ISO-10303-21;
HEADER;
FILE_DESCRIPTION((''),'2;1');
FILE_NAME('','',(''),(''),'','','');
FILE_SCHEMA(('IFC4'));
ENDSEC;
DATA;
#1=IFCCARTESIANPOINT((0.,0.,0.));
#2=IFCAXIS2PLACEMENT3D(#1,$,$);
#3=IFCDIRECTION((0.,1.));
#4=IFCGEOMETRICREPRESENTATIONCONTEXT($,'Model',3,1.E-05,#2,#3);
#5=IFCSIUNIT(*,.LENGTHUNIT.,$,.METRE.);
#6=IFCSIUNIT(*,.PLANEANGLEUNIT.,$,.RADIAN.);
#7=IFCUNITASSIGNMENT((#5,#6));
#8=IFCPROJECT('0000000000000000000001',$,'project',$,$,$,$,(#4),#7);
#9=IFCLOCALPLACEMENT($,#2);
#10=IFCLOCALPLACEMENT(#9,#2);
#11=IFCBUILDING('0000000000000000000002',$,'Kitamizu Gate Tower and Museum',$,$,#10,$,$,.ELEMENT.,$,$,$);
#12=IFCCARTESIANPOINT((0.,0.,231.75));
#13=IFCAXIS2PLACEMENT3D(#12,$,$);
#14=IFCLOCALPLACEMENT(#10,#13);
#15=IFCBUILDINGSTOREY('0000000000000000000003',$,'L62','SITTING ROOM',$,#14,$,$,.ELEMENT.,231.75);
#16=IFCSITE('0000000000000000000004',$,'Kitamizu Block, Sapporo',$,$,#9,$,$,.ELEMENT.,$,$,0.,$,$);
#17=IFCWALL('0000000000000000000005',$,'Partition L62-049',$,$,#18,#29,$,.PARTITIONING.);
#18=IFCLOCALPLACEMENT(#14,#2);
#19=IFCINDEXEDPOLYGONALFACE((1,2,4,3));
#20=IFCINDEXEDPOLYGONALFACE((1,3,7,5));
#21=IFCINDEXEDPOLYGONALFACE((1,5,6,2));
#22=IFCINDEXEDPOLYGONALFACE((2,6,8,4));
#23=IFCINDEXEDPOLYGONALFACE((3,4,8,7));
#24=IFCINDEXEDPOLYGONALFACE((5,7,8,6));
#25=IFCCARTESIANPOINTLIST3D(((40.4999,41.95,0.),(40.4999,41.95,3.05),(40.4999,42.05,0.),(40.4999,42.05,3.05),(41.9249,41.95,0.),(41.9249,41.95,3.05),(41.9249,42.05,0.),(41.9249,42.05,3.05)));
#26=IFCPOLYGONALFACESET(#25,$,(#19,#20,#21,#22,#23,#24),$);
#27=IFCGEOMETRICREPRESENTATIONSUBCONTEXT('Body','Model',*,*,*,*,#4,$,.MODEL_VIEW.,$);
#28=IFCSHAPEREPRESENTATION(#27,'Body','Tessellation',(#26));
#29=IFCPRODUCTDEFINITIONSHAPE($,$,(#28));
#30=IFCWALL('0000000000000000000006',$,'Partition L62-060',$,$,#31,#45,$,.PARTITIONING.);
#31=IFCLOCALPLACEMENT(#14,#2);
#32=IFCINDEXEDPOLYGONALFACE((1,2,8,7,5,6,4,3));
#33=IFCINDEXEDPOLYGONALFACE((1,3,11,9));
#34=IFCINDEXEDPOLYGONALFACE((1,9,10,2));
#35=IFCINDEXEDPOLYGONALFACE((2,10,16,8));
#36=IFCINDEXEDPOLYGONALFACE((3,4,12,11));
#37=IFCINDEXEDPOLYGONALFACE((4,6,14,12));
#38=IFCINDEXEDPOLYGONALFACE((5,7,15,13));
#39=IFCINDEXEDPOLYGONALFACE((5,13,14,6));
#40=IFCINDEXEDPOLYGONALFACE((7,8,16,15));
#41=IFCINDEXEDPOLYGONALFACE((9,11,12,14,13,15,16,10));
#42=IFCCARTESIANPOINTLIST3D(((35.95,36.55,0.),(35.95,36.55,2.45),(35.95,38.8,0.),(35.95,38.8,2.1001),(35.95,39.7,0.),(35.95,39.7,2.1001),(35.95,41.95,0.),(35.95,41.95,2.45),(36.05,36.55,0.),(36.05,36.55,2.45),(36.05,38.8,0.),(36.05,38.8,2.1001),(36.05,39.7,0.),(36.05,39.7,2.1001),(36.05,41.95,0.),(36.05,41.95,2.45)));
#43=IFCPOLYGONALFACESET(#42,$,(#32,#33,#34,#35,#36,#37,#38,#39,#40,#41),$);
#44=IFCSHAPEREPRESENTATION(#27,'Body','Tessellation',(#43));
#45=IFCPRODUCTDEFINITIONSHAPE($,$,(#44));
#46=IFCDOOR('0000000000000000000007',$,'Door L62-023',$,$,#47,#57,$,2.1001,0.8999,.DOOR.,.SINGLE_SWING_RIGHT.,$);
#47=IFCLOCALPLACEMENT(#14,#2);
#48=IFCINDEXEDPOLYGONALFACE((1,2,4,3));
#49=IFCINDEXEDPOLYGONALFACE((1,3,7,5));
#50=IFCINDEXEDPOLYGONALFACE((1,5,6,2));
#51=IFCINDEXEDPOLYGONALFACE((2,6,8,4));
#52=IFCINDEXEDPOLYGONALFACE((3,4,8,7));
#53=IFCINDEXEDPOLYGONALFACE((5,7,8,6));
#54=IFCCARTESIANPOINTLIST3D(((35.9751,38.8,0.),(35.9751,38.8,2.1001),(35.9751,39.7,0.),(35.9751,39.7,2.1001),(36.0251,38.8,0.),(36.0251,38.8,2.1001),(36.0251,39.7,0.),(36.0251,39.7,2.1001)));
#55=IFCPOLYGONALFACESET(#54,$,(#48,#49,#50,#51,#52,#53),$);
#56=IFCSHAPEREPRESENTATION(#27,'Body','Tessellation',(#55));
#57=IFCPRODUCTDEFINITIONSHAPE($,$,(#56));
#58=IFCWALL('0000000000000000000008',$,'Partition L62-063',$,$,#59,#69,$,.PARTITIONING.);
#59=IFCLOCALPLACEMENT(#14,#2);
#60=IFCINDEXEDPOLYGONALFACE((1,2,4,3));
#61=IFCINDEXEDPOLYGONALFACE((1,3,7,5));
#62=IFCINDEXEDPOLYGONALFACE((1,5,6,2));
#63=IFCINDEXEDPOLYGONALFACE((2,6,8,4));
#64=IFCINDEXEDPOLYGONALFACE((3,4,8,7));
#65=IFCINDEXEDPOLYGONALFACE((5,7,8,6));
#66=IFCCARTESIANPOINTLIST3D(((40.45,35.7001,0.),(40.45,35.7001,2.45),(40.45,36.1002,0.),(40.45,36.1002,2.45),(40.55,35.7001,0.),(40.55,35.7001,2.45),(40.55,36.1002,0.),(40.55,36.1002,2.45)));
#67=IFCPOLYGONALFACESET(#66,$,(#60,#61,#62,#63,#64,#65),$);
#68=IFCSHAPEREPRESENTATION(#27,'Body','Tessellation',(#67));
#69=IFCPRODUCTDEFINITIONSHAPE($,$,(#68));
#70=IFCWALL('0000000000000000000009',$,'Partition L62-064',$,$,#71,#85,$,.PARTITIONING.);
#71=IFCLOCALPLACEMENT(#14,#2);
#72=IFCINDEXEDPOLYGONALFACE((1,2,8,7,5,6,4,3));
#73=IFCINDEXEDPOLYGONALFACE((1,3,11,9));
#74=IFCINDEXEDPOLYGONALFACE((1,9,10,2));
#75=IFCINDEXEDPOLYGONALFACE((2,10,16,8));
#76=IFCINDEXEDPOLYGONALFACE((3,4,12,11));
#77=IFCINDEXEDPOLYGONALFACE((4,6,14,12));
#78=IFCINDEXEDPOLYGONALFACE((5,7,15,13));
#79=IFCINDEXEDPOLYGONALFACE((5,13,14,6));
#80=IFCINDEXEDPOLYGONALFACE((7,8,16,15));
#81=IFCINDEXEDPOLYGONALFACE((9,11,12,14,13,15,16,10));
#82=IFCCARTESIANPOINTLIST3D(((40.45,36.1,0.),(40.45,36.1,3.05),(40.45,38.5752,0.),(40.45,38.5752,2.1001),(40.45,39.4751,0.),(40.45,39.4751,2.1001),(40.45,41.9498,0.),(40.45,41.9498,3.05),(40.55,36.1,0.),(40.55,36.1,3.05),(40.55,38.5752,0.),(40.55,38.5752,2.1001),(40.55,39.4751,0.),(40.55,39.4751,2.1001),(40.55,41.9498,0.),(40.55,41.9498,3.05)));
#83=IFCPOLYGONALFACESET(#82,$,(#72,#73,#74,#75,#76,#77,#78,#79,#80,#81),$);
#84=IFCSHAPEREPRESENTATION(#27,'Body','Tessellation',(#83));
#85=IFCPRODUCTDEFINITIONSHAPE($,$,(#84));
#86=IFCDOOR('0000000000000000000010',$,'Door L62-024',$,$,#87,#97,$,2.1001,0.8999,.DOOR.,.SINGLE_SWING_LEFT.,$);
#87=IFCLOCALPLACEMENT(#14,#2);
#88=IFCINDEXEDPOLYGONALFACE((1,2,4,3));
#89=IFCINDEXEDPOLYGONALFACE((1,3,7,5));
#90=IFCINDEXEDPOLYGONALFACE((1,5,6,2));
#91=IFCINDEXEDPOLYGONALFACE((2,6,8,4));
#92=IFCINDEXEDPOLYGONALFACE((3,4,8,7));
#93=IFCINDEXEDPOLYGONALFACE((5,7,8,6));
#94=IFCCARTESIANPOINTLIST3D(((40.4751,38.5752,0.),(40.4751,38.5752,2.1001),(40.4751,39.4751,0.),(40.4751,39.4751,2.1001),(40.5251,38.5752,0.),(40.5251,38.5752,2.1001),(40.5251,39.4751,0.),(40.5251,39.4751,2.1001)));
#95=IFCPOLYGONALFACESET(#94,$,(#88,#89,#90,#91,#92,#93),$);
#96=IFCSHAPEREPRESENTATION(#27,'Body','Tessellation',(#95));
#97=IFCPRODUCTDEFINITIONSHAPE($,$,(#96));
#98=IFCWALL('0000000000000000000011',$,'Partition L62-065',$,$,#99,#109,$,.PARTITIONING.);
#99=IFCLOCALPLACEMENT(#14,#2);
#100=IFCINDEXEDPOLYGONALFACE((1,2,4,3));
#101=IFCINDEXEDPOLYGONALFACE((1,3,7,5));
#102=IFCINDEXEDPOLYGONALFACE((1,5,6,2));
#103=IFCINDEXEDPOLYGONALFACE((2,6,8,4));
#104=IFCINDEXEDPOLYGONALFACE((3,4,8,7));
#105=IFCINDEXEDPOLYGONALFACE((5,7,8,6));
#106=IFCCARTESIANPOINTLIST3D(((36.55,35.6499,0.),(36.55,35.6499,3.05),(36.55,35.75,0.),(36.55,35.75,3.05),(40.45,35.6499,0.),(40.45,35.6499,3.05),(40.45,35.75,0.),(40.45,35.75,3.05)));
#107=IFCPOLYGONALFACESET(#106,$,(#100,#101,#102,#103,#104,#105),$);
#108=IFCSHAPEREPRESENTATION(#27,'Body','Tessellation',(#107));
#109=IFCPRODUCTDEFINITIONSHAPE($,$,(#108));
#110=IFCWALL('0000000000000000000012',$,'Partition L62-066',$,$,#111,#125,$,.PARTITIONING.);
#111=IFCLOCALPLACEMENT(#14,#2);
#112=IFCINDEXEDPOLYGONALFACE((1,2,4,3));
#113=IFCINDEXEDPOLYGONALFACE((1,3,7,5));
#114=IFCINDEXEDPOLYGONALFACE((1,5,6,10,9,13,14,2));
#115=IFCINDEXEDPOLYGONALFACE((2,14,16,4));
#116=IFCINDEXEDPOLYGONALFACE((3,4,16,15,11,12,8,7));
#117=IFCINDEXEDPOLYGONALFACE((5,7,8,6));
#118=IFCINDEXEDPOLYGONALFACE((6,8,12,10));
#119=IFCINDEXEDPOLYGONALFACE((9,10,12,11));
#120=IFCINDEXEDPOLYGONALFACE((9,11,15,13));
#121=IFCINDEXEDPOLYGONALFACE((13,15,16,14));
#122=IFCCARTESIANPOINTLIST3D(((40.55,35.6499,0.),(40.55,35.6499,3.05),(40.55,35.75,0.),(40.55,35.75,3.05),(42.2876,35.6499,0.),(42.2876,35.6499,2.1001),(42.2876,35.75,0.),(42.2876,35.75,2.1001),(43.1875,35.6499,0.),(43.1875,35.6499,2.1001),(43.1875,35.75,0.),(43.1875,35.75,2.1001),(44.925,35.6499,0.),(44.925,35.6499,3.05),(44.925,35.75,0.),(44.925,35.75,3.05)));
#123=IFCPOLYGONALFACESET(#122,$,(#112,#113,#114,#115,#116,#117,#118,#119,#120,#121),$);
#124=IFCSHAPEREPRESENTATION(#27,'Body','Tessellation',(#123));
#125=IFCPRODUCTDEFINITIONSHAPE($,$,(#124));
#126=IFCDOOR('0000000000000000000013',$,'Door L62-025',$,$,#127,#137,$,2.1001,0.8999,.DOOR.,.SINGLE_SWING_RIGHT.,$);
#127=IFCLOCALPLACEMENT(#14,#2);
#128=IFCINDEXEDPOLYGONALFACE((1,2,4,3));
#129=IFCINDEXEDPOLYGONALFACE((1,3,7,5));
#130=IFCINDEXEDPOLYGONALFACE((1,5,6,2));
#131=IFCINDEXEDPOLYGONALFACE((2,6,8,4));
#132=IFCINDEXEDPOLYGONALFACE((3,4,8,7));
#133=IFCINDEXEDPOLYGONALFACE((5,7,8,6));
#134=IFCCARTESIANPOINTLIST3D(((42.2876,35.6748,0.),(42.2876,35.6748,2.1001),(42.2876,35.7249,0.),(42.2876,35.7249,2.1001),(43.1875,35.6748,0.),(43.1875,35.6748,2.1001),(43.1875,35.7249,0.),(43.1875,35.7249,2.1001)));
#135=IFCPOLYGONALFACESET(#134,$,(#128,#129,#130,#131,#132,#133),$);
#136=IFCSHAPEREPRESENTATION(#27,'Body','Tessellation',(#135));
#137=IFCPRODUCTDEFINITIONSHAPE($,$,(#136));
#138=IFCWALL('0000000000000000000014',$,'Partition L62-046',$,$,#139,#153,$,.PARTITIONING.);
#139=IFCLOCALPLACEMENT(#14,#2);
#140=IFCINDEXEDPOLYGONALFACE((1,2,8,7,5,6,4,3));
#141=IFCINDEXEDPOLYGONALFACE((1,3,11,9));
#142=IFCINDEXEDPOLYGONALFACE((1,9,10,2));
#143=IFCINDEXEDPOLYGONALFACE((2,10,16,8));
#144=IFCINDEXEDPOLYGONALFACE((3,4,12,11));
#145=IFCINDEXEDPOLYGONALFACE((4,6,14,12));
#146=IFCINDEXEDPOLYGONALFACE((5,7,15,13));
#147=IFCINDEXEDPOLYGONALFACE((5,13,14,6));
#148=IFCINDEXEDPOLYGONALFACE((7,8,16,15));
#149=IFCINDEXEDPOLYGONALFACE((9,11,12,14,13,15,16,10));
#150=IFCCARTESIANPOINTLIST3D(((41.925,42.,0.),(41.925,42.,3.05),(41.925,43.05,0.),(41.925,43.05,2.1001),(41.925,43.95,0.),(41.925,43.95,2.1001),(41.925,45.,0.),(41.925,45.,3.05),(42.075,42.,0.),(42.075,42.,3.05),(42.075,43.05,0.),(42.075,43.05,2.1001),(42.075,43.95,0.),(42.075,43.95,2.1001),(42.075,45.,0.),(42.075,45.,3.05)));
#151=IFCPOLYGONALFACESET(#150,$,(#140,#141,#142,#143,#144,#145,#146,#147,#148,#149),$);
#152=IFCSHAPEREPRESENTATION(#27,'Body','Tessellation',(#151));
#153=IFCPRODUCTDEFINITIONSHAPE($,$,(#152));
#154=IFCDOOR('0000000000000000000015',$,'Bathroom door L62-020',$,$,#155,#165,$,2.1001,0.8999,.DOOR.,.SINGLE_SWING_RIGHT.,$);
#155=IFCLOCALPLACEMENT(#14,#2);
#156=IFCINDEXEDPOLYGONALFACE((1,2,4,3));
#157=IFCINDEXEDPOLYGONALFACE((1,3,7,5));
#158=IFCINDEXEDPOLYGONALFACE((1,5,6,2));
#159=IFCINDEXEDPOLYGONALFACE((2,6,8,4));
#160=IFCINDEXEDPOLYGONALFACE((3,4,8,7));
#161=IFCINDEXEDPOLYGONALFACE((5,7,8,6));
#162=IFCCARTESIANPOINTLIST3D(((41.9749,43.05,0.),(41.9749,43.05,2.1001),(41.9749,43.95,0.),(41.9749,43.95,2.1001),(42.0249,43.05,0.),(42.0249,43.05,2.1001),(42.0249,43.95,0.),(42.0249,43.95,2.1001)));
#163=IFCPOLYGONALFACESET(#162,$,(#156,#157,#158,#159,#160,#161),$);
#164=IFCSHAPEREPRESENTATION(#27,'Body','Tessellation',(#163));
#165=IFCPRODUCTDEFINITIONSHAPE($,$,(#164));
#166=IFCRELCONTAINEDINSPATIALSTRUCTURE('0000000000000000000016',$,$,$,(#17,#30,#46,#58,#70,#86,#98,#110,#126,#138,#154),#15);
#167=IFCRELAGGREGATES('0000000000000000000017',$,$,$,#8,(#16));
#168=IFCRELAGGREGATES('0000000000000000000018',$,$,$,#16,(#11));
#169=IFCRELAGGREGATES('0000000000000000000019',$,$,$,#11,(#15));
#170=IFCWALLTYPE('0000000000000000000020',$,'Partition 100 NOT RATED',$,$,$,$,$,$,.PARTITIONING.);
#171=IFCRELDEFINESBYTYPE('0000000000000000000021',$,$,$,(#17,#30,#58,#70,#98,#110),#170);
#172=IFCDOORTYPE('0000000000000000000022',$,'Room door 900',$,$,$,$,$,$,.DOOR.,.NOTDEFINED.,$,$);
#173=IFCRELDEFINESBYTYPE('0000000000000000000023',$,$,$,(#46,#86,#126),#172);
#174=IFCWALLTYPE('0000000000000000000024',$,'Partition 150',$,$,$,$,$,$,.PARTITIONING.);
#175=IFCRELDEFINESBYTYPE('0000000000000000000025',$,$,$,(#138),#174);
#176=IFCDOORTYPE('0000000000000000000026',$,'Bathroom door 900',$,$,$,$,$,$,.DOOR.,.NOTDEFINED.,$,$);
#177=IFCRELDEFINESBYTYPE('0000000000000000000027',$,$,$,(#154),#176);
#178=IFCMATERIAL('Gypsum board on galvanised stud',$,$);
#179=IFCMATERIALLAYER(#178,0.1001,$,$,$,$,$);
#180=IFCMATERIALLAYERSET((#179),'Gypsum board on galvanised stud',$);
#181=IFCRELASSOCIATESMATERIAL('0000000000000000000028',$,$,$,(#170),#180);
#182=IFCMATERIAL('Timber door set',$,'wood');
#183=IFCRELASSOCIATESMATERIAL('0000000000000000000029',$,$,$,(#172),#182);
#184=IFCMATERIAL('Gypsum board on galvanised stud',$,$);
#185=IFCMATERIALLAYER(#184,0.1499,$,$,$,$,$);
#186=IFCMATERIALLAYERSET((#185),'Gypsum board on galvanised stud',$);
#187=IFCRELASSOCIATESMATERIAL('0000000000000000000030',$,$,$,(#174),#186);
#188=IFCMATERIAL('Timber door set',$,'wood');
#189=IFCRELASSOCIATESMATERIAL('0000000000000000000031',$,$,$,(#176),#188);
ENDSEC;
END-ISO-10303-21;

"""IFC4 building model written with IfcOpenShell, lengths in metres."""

from ifc_helpers import new_model, si_unit, direction, frame, frame_2d, origin, place, context, subcontext, project, spatial, rectangle, extrude, material, layer, layer_set, type_object, element, fill, save


model = new_model("IFC4")

# Units and contexts
model_context = context("Model", 3, precision=1e-05, world=origin(), true_north=direction((0.0, 1.0)))
body_context = subcontext(model_context, "Body", "Model", "MODEL_VIEW")
ifc_project = project(units=[si_unit("LENGTHUNIT", "METRE"), si_unit("PLANEANGLEUNIT", "RADIAN")], contexts=[model_context])

# Site, building, storey
site_placement = place(None, origin())
site = spatial("IfcSite", under=ifc_project, at=site_placement, Name="Kitamizu Block, Sapporo", CompositionType="ELEMENT", RefElevation=0.0)
building_placement = place(site_placement, origin())
building = spatial("IfcBuilding", under=site, at=building_placement, Name="Kitamizu Gate Tower and Museum", CompositionType="ELEMENT")
storey_placement = place(building_placement, frame((0.0, 0.0, 231.75)))
storey = spatial("IfcBuildingStorey", under=building, at=storey_placement, Name="L62", Description="SITTING ROOM", CompositionType="ELEMENT", Elevation=231.75)

# Shared definitions
ifc_material_1 = material(Name="Gypsum board on galvanised stud")
ifc_layer_1 = layer(ifc_material_1, 0.1001)
ifc_layer_set_1 = layer_set([ifc_layer_1], Name="Gypsum board on galvanised stud")
wall_type_1 = type_object("IfcWallType", Name="Partition 100 NOT RATED", PredefinedType="PARTITIONING", material=ifc_layer_set_1)
ifc_material_2 = material(Name="Timber door set", Category="wood")
door_type_1 = type_object("IfcDoorType", Name="Room door 900", OperationType="NOTDEFINED", PredefinedType="DOOR", material=ifc_material_2)

# Wall
wall_1_placement = place(storey_placement, frame((40.5, 42.0, 0.0), z_axis=(0.0, 0.0, 1.0), x_axis=(1.0, 0.0, 0.0)))
element("IfcWall", 1, at=wall_1_placement, inside=storey, type_object=wall_type_1, Name="Partition L62-049", PredefinedType="PARTITIONING", context=body_context, shape_type="SweptSolid", body=[
    extrude(rectangle(XDim=1.425, YDim=0.1001, at=frame_2d((0.7124, 0.0))), origin(), (0.0, 0.0, 1.0), 3.05),
])

# Wall, opening, door
wall_2_placement = place(storey_placement, frame((36.0, 36.55, 0.0), z_axis=(0.0, 0.0, 1.0), x_axis=(0.0, 1.0, 0.0)))
wall_2 = element("IfcWall", 2, at=wall_2_placement, inside=storey, type_object=wall_type_1, Name="Partition L62-060", PredefinedType="PARTITIONING", context=body_context, shape_type="SweptSolid", body=[
    extrude(rectangle(XDim=5.3999, YDim=0.1001, at=frame_2d((2.7, 0.0))), origin(), (0.0, 0.0, 1.0), 2.45),
])
opening_1_placement = place(wall_2_placement, frame((2.25, 0.0, 0.0)))
opening_1 = element("IfcOpeningElement", 3, at=opening_1_placement, cuts=wall_2, PredefinedType="OPENING", context=body_context, shape_type="SweptSolid", body=[
    extrude(rectangle(XDim=0.8999, YDim=2.1001, at=frame_2d((0.45, 1.05))), frame((0.0, 0.0601, 0.0), z_axis=(0.0, -1.0, 0.0), x_axis=(1.0, 0.0, 0.0)), (0.0, 0.0, 1.0), 0.1201),
])
door_1_placement = place(opening_1_placement, origin())
door_1 = element("IfcDoor", 4, at=door_1_placement, inside=storey, type_object=door_type_1, Name="Door L62-023", OperationType="SINGLE_SWING_RIGHT", OverallHeight=2.1001, OverallWidth=0.8999, PredefinedType="DOOR", context=body_context, shape_type="SweptSolid", body=[
    extrude(rectangle(XDim=0.8999, YDim=2.1001, at=frame_2d((0.45, 1.05))), frame((0.0, 0.0249, 0.0), z_axis=(0.0, -1.0, 0.0), x_axis=(1.0, 0.0, 0.0)), (0.0, 0.0, 1.0), 0.05),
])
fill(opening_1, door_1)

# Wall
wall_3_placement = place(storey_placement, frame((40.5, 35.7, 0.0), z_axis=(0.0, 0.0, 1.0), x_axis=(0.0, 1.0, 0.0)))
element("IfcWall", 5, at=wall_3_placement, inside=storey, type_object=wall_type_1, Name="Partition L62-063", PredefinedType="PARTITIONING", context=body_context, shape_type="SweptSolid", body=[
    extrude(rectangle(XDim=0.4001, YDim=0.1001, at=frame_2d((0.2002, 0.0))), origin(), (0.0, 0.0, 1.0), 2.45),
])

# Wall, opening, door
wall_4_placement = place(storey_placement, frame((40.5, 36.1001, 0.0), z_axis=(0.0, 0.0, 1.0), x_axis=(0.0, 1.0, 0.0)))
wall_4 = element("IfcWall", 6, at=wall_4_placement, inside=storey, type_object=wall_type_1, Name="Partition L62-064", PredefinedType="PARTITIONING", context=body_context, shape_type="SweptSolid", body=[
    extrude(rectangle(XDim=5.8499, YDim=0.1001, at=frame_2d((2.9248, 0.0))), origin(), (0.0, 0.0, 1.0), 3.05),
])
opening_2_placement = place(wall_4_placement, frame((2.4751, 0.0, 0.0)))
opening_2 = element("IfcOpeningElement", 7, at=opening_2_placement, cuts=wall_4, PredefinedType="OPENING", context=body_context, shape_type="SweptSolid", body=[
    extrude(rectangle(XDim=0.8999, YDim=2.1001, at=frame_2d((0.45, 1.05))), frame((0.0, 0.0601, 0.0), z_axis=(0.0, -1.0, 0.0), x_axis=(1.0, 0.0, 0.0)), (0.0, 0.0, 1.0), 0.1201),
])
door_2_placement = place(opening_2_placement, origin())
door_2 = element("IfcDoor", 8, at=door_2_placement, inside=storey, type_object=door_type_1, Name="Door L62-024", OperationType="SINGLE_SWING_LEFT", OverallHeight=2.1001, OverallWidth=0.8999, PredefinedType="DOOR", context=body_context, shape_type="SweptSolid", body=[
    extrude(rectangle(XDim=0.8999, YDim=2.1001, at=frame_2d((0.45, 1.05))), frame((0.0, 0.0249, 0.0), z_axis=(0.0, -1.0, 0.0), x_axis=(1.0, 0.0, 0.0)), (0.0, 0.0, 1.0), 0.05),
])
fill(opening_2, door_2)

# Wall
wall_5_placement = place(storey_placement, frame((36.55, 35.7, 0.0), z_axis=(0.0, 0.0, 1.0), x_axis=(1.0, 0.0, 0.0)))
element("IfcWall", 9, at=wall_5_placement, inside=storey, type_object=wall_type_1, Name="Partition L62-065", PredefinedType="PARTITIONING", context=body_context, shape_type="SweptSolid", body=[
    extrude(rectangle(XDim=3.8999, YDim=0.1001, at=frame_2d((1.95, 0.0))), origin(), (0.0, 0.0, 1.0), 3.05),
])

# Walls, openings, doors
wall_6_placement = place(storey_placement, frame((40.55, 35.7, 0.0), z_axis=(0.0, 0.0, 1.0), x_axis=(1.0, 0.0, 0.0)))
wall_6 = element("IfcWall", 10, at=wall_6_placement, inside=storey, type_object=wall_type_1, Name="Partition L62-066", PredefinedType="PARTITIONING", context=body_context, shape_type="SweptSolid", body=[
    extrude(rectangle(XDim=4.375, YDim=0.1001, at=frame_2d((2.1875, 0.0))), origin(), (0.0, 0.0, 1.0), 3.05),
])
opening_3_placement = place(wall_6_placement, frame((1.7375, 0.0, 0.0)))
opening_3 = element("IfcOpeningElement", 11, at=opening_3_placement, cuts=wall_6, PredefinedType="OPENING", context=body_context, shape_type="SweptSolid", body=[
    extrude(rectangle(XDim=0.8999, YDim=2.1001, at=frame_2d((0.45, 1.05))), frame((0.0, 0.0601, 0.0), z_axis=(0.0, -1.0, 0.0), x_axis=(1.0, 0.0, 0.0)), (0.0, 0.0, 1.0), 0.1201),
])
door_3_placement = place(opening_3_placement, origin())
door_3 = element("IfcDoor", 12, at=door_3_placement, inside=storey, type_object=door_type_1, Name="Door L62-025", OperationType="SINGLE_SWING_RIGHT", OverallHeight=2.1001, OverallWidth=0.8999, PredefinedType="DOOR", context=body_context, shape_type="SweptSolid", body=[
    extrude(rectangle(XDim=0.8999, YDim=2.1001, at=frame_2d((0.45, 1.05))), frame((0.0, 0.0249, 0.0), z_axis=(0.0, -1.0, 0.0), x_axis=(1.0, 0.0, 0.0)), (0.0, 0.0, 1.0), 0.05),
])
fill(opening_3, door_3)
ifc_material_3 = material(Name="Gypsum board on galvanised stud")
ifc_layer_2 = layer(ifc_material_3, 0.1499)
ifc_layer_set_2 = layer_set([ifc_layer_2], Name="Gypsum board on galvanised stud")
wall_type_2 = type_object("IfcWallType", Name="Partition 150", PredefinedType="PARTITIONING", material=ifc_layer_set_2)
wall_7_placement = place(storey_placement, frame((42.0, 42.0, 0.0), z_axis=(0.0, 0.0, 1.0), x_axis=(0.0, 1.0, 0.0)))
wall_7 = element("IfcWall", 13, at=wall_7_placement, inside=storey, type_object=wall_type_2, Name="Partition L62-046", PredefinedType="PARTITIONING", context=body_context, shape_type="SweptSolid", body=[
    extrude(rectangle(XDim=3.0, YDim=0.1499, at=frame_2d((1.5, 0.0))), origin(), (0.0, 0.0, 1.0), 3.05),
])
opening_4_placement = place(wall_7_placement, frame((1.05, 0.0, 0.0)))
opening_4 = element("IfcOpeningElement", 14, at=opening_4_placement, cuts=wall_7, PredefinedType="OPENING", context=body_context, shape_type="SweptSolid", body=[
    extrude(rectangle(XDim=0.8999, YDim=2.1001, at=frame_2d((0.45, 1.05))), frame((0.0, 0.085, 0.0), z_axis=(0.0, -1.0, 0.0), x_axis=(1.0, 0.0, 0.0)), (0.0, 0.0, 1.0), 0.1699),
])
ifc_material_4 = material(Name="Timber door set", Category="wood")
door_type_2 = type_object("IfcDoorType", Name="Bathroom door 900", OperationType="NOTDEFINED", PredefinedType="DOOR", material=ifc_material_4)
door_4_placement = place(opening_4_placement, frame((0.8999, 0.0, 0.0), x_axis=(-1.0, 0.0, 0.0)))
door_4 = element("IfcDoor", 15, at=door_4_placement, inside=storey, type_object=door_type_2, Name="Bathroom door L62-020", OperationType="SINGLE_SWING_RIGHT", OverallHeight=2.1001, OverallWidth=0.8999, PredefinedType="DOOR", context=body_context, shape_type="SweptSolid", body=[
    extrude(rectangle(XDim=0.8999, YDim=2.1001, at=frame_2d((0.45, 1.05))), frame((0.0, 0.0249, 0.0), z_axis=(0.0, -1.0, 0.0), x_axis=(1.0, 0.0, 0.0)), (0.0, 0.0, 1.0), 0.05),
])
fill(opening_4, door_4)

save(model, "model.ifc")
